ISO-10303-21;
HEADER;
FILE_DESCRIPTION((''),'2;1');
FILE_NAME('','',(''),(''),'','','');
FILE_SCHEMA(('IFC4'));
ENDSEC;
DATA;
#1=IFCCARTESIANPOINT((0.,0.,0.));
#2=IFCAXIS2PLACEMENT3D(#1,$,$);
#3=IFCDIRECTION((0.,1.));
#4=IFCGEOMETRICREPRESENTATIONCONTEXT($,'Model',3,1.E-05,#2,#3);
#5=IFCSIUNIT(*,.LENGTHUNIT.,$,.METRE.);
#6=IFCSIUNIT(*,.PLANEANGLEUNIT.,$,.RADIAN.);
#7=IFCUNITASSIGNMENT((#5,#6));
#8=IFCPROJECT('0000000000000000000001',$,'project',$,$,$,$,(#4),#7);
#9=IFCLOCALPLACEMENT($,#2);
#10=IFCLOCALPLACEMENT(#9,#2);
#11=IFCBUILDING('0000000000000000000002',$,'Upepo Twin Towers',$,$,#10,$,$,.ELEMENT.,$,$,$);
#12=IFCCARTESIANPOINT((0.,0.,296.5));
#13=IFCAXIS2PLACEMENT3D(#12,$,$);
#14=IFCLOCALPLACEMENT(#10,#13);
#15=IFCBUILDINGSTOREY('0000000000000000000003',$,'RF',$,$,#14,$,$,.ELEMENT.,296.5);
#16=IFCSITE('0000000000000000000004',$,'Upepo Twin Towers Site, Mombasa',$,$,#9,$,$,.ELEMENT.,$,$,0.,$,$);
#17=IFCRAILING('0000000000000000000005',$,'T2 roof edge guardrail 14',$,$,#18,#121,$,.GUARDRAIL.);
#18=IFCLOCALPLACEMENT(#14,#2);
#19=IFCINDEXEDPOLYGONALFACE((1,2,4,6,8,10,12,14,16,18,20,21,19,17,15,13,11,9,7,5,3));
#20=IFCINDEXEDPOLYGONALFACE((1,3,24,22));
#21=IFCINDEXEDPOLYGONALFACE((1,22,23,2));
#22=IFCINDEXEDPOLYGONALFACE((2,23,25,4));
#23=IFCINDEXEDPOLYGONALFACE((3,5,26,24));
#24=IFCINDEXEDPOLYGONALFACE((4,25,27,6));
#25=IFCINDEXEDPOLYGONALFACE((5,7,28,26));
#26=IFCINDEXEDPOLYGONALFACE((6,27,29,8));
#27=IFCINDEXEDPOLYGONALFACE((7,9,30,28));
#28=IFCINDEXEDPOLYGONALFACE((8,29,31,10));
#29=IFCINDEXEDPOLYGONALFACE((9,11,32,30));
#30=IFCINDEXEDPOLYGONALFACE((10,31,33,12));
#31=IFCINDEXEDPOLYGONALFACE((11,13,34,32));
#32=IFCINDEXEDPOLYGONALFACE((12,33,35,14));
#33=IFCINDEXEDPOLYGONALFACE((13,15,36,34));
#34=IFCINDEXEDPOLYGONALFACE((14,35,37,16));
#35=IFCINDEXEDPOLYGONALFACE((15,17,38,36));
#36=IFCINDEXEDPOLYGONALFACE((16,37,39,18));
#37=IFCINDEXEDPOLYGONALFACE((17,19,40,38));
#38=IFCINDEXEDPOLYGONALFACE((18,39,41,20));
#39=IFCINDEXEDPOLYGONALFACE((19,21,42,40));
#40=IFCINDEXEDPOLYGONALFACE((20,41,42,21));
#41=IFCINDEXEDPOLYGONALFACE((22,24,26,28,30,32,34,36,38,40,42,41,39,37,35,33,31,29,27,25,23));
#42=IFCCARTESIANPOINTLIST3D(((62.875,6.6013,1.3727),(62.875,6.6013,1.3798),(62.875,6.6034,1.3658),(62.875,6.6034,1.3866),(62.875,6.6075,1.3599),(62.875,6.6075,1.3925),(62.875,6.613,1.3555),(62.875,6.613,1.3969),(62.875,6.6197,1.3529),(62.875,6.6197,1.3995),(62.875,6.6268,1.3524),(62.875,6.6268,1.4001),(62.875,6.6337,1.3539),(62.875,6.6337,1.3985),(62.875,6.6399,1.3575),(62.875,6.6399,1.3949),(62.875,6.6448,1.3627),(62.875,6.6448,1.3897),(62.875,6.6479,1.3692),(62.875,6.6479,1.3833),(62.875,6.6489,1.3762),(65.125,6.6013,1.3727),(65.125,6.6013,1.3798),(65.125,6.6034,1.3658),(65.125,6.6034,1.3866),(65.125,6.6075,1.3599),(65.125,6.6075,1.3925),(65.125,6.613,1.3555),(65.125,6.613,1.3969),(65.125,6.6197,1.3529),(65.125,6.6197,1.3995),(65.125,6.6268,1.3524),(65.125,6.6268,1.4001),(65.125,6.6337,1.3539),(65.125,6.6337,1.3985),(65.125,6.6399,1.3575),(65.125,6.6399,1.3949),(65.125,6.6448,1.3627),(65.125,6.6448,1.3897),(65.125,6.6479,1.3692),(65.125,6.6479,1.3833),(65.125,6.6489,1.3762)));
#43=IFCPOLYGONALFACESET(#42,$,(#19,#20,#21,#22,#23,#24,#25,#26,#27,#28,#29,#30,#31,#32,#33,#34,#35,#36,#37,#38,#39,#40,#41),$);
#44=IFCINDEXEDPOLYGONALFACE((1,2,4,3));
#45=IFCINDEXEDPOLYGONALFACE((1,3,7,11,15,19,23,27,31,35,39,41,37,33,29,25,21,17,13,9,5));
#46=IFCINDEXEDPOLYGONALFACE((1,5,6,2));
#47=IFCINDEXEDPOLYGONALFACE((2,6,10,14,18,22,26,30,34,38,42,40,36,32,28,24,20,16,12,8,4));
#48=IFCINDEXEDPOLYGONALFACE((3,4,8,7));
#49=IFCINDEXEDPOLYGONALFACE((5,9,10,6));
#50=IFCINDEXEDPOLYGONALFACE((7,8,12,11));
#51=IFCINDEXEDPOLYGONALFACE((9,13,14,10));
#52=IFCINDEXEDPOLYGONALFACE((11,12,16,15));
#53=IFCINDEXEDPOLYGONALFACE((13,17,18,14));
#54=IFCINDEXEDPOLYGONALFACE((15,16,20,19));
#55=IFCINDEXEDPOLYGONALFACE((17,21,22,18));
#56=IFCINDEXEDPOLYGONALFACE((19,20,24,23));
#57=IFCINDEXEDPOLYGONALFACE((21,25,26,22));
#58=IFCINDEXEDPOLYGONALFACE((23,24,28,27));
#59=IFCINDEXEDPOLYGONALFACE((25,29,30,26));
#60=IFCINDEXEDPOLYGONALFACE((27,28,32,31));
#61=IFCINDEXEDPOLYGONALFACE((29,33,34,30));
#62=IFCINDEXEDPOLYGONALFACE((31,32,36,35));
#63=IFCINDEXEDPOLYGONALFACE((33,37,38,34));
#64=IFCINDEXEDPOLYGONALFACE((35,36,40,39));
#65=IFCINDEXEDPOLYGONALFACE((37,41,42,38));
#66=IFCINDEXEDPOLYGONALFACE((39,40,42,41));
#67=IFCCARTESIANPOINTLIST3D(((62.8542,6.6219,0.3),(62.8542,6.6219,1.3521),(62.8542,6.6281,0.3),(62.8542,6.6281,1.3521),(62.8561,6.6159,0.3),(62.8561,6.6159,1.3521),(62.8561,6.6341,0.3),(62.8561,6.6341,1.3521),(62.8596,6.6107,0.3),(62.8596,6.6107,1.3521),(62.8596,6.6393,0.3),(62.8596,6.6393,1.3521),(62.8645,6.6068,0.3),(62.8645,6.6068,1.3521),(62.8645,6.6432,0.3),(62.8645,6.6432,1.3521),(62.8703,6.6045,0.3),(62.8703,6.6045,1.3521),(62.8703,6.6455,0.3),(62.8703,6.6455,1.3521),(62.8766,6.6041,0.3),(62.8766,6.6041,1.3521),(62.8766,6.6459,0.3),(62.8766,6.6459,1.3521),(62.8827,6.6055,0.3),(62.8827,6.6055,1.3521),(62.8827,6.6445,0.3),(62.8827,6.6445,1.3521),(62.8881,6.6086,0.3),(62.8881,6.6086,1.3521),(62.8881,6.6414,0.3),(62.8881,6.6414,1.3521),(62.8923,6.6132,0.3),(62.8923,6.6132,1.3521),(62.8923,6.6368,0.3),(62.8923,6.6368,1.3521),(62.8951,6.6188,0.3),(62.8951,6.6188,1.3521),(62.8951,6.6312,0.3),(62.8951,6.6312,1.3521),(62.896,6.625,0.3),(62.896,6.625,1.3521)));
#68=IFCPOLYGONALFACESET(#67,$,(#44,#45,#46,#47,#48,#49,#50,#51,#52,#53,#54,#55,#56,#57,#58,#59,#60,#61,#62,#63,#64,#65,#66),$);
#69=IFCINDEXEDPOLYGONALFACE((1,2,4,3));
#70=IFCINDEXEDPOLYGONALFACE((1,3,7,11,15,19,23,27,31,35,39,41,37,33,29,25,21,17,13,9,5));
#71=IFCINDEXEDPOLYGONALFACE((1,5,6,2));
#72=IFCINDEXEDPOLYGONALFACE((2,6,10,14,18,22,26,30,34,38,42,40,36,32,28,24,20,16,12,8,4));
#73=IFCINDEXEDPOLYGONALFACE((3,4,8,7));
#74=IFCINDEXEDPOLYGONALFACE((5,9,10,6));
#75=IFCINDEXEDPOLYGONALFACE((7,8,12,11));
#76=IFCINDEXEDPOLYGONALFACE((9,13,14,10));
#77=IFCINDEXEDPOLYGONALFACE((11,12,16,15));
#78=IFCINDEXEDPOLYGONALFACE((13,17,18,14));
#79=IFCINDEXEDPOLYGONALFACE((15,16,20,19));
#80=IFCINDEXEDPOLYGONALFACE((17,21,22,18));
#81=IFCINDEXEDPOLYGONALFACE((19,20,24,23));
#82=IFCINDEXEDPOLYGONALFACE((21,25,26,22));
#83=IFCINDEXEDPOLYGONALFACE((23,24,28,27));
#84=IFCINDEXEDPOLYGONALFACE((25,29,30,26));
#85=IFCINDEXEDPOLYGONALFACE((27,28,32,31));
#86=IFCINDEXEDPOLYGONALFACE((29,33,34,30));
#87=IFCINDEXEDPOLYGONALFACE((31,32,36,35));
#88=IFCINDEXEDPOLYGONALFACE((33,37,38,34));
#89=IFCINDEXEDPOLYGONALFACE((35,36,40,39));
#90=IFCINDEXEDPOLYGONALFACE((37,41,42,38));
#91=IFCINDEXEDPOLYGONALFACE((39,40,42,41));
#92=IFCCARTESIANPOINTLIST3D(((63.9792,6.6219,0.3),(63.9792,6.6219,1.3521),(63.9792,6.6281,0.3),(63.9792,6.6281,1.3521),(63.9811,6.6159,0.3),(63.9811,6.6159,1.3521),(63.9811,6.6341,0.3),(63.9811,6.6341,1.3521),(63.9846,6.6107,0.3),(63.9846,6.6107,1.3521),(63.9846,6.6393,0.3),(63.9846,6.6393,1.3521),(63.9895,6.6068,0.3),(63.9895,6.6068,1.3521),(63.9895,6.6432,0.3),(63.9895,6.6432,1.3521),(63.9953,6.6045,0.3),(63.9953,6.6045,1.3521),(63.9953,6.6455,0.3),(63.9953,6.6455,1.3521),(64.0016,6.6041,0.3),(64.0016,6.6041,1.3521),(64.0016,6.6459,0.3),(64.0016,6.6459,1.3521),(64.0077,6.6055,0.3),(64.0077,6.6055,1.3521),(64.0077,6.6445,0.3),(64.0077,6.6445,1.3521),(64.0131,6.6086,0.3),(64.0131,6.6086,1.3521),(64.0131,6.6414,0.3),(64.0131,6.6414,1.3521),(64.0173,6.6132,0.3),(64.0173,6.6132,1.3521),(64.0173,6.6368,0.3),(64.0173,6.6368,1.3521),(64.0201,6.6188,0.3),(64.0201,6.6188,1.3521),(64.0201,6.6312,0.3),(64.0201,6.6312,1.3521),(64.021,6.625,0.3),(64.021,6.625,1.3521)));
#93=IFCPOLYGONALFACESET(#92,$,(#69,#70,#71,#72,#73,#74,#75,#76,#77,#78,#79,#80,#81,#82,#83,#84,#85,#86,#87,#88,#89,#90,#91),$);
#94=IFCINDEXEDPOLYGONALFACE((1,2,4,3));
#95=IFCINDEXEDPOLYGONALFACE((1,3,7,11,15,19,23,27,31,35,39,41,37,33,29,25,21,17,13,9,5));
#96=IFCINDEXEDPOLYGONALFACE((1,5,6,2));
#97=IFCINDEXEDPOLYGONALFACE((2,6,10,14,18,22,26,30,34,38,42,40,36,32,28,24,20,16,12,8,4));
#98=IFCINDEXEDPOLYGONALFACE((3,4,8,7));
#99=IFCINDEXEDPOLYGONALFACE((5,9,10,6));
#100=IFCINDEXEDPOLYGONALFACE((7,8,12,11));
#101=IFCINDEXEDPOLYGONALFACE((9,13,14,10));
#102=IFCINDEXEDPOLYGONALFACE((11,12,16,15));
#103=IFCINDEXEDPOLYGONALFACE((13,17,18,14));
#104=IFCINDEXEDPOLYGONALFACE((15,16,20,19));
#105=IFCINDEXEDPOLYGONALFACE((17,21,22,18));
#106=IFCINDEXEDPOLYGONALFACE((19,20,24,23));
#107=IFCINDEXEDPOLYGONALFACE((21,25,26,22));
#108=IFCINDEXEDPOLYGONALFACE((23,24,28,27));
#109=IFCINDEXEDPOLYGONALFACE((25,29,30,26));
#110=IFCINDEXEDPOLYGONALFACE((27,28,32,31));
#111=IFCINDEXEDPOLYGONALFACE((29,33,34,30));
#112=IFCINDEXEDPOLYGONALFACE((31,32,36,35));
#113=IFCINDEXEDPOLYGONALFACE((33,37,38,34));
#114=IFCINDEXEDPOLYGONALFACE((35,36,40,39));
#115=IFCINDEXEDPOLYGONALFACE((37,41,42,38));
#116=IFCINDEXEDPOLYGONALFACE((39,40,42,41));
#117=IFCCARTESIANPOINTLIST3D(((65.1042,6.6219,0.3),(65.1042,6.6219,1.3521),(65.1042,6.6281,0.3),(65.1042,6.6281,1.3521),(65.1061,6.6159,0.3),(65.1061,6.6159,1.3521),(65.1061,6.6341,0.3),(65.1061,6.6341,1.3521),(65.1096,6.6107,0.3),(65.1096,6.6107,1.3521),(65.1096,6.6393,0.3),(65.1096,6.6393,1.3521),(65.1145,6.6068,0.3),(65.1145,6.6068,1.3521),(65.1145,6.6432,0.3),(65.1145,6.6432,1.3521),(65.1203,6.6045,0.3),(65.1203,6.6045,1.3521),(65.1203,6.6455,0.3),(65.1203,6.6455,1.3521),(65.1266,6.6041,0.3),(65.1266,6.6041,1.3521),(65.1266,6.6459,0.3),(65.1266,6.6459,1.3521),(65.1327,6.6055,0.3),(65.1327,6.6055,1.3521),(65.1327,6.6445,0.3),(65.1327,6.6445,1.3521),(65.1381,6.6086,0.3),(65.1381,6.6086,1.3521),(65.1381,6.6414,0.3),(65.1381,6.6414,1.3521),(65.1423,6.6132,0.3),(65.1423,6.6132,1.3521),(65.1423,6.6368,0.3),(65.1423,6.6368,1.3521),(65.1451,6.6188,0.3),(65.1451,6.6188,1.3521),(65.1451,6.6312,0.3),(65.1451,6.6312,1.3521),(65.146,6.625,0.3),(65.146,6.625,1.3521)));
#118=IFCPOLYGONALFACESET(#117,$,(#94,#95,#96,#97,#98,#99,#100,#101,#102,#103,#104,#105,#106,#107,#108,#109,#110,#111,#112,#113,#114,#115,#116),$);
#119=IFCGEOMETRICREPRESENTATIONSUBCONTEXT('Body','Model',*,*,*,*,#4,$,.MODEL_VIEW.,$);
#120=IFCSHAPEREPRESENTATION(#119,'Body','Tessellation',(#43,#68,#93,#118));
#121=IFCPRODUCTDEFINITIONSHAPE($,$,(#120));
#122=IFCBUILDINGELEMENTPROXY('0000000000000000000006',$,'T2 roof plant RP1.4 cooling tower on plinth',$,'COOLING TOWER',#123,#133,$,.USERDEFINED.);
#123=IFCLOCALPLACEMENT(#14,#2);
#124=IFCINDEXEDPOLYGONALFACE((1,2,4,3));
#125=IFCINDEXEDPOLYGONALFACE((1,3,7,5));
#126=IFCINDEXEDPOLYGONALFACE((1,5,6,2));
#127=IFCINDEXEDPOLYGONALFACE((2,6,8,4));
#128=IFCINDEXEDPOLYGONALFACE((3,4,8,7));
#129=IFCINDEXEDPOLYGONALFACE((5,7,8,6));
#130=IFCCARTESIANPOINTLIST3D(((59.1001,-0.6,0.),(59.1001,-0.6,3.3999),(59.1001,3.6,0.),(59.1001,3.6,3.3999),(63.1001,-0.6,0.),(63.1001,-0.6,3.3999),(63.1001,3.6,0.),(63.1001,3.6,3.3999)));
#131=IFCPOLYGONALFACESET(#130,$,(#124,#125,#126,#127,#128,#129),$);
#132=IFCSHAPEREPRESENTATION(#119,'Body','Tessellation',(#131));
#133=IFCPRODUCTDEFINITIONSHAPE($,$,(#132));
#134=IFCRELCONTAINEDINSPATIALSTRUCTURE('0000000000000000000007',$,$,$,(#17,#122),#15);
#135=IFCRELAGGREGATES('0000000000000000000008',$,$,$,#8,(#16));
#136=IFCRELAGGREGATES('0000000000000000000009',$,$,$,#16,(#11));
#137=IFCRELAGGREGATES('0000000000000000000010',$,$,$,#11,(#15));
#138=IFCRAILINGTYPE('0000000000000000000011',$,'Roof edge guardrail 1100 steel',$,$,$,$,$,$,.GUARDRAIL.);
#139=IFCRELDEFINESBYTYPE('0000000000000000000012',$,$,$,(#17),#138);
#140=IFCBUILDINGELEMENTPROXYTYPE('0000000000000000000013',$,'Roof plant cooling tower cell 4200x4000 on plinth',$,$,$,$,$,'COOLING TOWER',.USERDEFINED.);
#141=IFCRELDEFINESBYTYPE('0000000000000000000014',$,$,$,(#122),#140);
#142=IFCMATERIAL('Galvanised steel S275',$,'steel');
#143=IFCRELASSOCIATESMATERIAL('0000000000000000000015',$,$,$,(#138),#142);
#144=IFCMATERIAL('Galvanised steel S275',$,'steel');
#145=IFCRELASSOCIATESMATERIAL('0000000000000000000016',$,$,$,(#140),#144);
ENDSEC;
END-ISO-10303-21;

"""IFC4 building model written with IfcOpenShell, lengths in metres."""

from ifc_helpers import new_model, si_unit, direction, frame, origin, origin_2d, place, context, subcontext, project, spatial, rectangle, circle, extrude, material, type_object, element, save


model = new_model("IFC4")

# Units and contexts
model_context = context("Model", 3, precision=1e-05, world=origin(), true_north=direction((0.0, 1.0)))
body_context = subcontext(model_context, "Body", "Model", "MODEL_VIEW")
ifc_project = project(units=[si_unit("LENGTHUNIT", "METRE"), si_unit("PLANEANGLEUNIT", "RADIAN")], contexts=[model_context])

# Site, building, storey
site_placement = place(None, origin())
site = spatial("IfcSite", under=ifc_project, at=site_placement, Name="Upepo Twin Towers Site, Mombasa", CompositionType="ELEMENT", RefElevation=0.0)
building_placement = place(site_placement, origin())
building = spatial("IfcBuilding", under=site, at=building_placement, Name="Upepo Twin Towers", CompositionType="ELEMENT")
storey_placement = place(building_placement, frame((0.0, 0.0, 296.5)))
storey = spatial("IfcBuildingStorey", under=building, at=storey_placement, Name="RF", CompositionType="ELEMENT", Elevation=296.5)

# Railing
ifc_material_1 = material(Name="Galvanised steel S275", Category="steel")
railing_type = type_object("IfcRailingType", Name="Roof edge guardrail 1100 steel", PredefinedType="GUARDRAIL", material=ifc_material_1)
railing_1_placement = place(storey_placement, frame((62.875, 6.625, 0.3)))
element("IfcRailing", 1, at=railing_1_placement, inside=storey, type_object=railing_type, Name="T2 roof edge guardrail 14", PredefinedType="GUARDRAIL", context=body_context, shape_type="SweptSolid", body=[
    extrude(circle(Radius=0.0239, at=origin_2d()), frame((0.0, 0.0, 1.0762), z_axis=(1.0, 0.0, 0.0), x_axis=(0.0, 1.0, 0.0)), (0.0, 0.0, 1.0), 2.25),
    extrude(circle(Radius=0.021, at=origin_2d()), origin(), (0.0, 0.0, 1.0), 1.052),
    extrude(circle(Radius=0.021, at=origin_2d()), frame((1.125, 0.0, 0.0)), (0.0, 0.0, 1.0), 1.052),
    extrude(circle(Radius=0.021, at=origin_2d()), frame((2.25, 0.0, 0.0)), (0.0, 0.0, 1.0), 1.052),
])

# Building element proxy
ifc_material_2 = material(Name="Galvanised steel S275", Category="steel")
building_element_proxy_type = type_object("IfcBuildingElementProxyType", Name="Roof plant cooling tower cell 4200x4000 on plinth", ElementType="COOLING TOWER", PredefinedType="USERDEFINED", material=ifc_material_2)
proxy_placement = place(storey_placement, frame((61.1001, 1.5, 0.0), z_axis=(0.0, 0.0, 1.0), x_axis=(0.0, 1.0, 0.0)))
element("IfcBuildingElementProxy", 2, at=proxy_placement, inside=storey, type_object=building_element_proxy_type, Name="T2 roof plant RP1.4 cooling tower on plinth", ObjectType="COOLING TOWER", PredefinedType="USERDEFINED", context=body_context, shape_type="SweptSolid", body=[
    extrude(rectangle(XDim=4.2, YDim=4.0, at=origin_2d()), origin(), (0.0, 0.0, 1.0), 3.3999),
])

save(model, "model.ifc")
